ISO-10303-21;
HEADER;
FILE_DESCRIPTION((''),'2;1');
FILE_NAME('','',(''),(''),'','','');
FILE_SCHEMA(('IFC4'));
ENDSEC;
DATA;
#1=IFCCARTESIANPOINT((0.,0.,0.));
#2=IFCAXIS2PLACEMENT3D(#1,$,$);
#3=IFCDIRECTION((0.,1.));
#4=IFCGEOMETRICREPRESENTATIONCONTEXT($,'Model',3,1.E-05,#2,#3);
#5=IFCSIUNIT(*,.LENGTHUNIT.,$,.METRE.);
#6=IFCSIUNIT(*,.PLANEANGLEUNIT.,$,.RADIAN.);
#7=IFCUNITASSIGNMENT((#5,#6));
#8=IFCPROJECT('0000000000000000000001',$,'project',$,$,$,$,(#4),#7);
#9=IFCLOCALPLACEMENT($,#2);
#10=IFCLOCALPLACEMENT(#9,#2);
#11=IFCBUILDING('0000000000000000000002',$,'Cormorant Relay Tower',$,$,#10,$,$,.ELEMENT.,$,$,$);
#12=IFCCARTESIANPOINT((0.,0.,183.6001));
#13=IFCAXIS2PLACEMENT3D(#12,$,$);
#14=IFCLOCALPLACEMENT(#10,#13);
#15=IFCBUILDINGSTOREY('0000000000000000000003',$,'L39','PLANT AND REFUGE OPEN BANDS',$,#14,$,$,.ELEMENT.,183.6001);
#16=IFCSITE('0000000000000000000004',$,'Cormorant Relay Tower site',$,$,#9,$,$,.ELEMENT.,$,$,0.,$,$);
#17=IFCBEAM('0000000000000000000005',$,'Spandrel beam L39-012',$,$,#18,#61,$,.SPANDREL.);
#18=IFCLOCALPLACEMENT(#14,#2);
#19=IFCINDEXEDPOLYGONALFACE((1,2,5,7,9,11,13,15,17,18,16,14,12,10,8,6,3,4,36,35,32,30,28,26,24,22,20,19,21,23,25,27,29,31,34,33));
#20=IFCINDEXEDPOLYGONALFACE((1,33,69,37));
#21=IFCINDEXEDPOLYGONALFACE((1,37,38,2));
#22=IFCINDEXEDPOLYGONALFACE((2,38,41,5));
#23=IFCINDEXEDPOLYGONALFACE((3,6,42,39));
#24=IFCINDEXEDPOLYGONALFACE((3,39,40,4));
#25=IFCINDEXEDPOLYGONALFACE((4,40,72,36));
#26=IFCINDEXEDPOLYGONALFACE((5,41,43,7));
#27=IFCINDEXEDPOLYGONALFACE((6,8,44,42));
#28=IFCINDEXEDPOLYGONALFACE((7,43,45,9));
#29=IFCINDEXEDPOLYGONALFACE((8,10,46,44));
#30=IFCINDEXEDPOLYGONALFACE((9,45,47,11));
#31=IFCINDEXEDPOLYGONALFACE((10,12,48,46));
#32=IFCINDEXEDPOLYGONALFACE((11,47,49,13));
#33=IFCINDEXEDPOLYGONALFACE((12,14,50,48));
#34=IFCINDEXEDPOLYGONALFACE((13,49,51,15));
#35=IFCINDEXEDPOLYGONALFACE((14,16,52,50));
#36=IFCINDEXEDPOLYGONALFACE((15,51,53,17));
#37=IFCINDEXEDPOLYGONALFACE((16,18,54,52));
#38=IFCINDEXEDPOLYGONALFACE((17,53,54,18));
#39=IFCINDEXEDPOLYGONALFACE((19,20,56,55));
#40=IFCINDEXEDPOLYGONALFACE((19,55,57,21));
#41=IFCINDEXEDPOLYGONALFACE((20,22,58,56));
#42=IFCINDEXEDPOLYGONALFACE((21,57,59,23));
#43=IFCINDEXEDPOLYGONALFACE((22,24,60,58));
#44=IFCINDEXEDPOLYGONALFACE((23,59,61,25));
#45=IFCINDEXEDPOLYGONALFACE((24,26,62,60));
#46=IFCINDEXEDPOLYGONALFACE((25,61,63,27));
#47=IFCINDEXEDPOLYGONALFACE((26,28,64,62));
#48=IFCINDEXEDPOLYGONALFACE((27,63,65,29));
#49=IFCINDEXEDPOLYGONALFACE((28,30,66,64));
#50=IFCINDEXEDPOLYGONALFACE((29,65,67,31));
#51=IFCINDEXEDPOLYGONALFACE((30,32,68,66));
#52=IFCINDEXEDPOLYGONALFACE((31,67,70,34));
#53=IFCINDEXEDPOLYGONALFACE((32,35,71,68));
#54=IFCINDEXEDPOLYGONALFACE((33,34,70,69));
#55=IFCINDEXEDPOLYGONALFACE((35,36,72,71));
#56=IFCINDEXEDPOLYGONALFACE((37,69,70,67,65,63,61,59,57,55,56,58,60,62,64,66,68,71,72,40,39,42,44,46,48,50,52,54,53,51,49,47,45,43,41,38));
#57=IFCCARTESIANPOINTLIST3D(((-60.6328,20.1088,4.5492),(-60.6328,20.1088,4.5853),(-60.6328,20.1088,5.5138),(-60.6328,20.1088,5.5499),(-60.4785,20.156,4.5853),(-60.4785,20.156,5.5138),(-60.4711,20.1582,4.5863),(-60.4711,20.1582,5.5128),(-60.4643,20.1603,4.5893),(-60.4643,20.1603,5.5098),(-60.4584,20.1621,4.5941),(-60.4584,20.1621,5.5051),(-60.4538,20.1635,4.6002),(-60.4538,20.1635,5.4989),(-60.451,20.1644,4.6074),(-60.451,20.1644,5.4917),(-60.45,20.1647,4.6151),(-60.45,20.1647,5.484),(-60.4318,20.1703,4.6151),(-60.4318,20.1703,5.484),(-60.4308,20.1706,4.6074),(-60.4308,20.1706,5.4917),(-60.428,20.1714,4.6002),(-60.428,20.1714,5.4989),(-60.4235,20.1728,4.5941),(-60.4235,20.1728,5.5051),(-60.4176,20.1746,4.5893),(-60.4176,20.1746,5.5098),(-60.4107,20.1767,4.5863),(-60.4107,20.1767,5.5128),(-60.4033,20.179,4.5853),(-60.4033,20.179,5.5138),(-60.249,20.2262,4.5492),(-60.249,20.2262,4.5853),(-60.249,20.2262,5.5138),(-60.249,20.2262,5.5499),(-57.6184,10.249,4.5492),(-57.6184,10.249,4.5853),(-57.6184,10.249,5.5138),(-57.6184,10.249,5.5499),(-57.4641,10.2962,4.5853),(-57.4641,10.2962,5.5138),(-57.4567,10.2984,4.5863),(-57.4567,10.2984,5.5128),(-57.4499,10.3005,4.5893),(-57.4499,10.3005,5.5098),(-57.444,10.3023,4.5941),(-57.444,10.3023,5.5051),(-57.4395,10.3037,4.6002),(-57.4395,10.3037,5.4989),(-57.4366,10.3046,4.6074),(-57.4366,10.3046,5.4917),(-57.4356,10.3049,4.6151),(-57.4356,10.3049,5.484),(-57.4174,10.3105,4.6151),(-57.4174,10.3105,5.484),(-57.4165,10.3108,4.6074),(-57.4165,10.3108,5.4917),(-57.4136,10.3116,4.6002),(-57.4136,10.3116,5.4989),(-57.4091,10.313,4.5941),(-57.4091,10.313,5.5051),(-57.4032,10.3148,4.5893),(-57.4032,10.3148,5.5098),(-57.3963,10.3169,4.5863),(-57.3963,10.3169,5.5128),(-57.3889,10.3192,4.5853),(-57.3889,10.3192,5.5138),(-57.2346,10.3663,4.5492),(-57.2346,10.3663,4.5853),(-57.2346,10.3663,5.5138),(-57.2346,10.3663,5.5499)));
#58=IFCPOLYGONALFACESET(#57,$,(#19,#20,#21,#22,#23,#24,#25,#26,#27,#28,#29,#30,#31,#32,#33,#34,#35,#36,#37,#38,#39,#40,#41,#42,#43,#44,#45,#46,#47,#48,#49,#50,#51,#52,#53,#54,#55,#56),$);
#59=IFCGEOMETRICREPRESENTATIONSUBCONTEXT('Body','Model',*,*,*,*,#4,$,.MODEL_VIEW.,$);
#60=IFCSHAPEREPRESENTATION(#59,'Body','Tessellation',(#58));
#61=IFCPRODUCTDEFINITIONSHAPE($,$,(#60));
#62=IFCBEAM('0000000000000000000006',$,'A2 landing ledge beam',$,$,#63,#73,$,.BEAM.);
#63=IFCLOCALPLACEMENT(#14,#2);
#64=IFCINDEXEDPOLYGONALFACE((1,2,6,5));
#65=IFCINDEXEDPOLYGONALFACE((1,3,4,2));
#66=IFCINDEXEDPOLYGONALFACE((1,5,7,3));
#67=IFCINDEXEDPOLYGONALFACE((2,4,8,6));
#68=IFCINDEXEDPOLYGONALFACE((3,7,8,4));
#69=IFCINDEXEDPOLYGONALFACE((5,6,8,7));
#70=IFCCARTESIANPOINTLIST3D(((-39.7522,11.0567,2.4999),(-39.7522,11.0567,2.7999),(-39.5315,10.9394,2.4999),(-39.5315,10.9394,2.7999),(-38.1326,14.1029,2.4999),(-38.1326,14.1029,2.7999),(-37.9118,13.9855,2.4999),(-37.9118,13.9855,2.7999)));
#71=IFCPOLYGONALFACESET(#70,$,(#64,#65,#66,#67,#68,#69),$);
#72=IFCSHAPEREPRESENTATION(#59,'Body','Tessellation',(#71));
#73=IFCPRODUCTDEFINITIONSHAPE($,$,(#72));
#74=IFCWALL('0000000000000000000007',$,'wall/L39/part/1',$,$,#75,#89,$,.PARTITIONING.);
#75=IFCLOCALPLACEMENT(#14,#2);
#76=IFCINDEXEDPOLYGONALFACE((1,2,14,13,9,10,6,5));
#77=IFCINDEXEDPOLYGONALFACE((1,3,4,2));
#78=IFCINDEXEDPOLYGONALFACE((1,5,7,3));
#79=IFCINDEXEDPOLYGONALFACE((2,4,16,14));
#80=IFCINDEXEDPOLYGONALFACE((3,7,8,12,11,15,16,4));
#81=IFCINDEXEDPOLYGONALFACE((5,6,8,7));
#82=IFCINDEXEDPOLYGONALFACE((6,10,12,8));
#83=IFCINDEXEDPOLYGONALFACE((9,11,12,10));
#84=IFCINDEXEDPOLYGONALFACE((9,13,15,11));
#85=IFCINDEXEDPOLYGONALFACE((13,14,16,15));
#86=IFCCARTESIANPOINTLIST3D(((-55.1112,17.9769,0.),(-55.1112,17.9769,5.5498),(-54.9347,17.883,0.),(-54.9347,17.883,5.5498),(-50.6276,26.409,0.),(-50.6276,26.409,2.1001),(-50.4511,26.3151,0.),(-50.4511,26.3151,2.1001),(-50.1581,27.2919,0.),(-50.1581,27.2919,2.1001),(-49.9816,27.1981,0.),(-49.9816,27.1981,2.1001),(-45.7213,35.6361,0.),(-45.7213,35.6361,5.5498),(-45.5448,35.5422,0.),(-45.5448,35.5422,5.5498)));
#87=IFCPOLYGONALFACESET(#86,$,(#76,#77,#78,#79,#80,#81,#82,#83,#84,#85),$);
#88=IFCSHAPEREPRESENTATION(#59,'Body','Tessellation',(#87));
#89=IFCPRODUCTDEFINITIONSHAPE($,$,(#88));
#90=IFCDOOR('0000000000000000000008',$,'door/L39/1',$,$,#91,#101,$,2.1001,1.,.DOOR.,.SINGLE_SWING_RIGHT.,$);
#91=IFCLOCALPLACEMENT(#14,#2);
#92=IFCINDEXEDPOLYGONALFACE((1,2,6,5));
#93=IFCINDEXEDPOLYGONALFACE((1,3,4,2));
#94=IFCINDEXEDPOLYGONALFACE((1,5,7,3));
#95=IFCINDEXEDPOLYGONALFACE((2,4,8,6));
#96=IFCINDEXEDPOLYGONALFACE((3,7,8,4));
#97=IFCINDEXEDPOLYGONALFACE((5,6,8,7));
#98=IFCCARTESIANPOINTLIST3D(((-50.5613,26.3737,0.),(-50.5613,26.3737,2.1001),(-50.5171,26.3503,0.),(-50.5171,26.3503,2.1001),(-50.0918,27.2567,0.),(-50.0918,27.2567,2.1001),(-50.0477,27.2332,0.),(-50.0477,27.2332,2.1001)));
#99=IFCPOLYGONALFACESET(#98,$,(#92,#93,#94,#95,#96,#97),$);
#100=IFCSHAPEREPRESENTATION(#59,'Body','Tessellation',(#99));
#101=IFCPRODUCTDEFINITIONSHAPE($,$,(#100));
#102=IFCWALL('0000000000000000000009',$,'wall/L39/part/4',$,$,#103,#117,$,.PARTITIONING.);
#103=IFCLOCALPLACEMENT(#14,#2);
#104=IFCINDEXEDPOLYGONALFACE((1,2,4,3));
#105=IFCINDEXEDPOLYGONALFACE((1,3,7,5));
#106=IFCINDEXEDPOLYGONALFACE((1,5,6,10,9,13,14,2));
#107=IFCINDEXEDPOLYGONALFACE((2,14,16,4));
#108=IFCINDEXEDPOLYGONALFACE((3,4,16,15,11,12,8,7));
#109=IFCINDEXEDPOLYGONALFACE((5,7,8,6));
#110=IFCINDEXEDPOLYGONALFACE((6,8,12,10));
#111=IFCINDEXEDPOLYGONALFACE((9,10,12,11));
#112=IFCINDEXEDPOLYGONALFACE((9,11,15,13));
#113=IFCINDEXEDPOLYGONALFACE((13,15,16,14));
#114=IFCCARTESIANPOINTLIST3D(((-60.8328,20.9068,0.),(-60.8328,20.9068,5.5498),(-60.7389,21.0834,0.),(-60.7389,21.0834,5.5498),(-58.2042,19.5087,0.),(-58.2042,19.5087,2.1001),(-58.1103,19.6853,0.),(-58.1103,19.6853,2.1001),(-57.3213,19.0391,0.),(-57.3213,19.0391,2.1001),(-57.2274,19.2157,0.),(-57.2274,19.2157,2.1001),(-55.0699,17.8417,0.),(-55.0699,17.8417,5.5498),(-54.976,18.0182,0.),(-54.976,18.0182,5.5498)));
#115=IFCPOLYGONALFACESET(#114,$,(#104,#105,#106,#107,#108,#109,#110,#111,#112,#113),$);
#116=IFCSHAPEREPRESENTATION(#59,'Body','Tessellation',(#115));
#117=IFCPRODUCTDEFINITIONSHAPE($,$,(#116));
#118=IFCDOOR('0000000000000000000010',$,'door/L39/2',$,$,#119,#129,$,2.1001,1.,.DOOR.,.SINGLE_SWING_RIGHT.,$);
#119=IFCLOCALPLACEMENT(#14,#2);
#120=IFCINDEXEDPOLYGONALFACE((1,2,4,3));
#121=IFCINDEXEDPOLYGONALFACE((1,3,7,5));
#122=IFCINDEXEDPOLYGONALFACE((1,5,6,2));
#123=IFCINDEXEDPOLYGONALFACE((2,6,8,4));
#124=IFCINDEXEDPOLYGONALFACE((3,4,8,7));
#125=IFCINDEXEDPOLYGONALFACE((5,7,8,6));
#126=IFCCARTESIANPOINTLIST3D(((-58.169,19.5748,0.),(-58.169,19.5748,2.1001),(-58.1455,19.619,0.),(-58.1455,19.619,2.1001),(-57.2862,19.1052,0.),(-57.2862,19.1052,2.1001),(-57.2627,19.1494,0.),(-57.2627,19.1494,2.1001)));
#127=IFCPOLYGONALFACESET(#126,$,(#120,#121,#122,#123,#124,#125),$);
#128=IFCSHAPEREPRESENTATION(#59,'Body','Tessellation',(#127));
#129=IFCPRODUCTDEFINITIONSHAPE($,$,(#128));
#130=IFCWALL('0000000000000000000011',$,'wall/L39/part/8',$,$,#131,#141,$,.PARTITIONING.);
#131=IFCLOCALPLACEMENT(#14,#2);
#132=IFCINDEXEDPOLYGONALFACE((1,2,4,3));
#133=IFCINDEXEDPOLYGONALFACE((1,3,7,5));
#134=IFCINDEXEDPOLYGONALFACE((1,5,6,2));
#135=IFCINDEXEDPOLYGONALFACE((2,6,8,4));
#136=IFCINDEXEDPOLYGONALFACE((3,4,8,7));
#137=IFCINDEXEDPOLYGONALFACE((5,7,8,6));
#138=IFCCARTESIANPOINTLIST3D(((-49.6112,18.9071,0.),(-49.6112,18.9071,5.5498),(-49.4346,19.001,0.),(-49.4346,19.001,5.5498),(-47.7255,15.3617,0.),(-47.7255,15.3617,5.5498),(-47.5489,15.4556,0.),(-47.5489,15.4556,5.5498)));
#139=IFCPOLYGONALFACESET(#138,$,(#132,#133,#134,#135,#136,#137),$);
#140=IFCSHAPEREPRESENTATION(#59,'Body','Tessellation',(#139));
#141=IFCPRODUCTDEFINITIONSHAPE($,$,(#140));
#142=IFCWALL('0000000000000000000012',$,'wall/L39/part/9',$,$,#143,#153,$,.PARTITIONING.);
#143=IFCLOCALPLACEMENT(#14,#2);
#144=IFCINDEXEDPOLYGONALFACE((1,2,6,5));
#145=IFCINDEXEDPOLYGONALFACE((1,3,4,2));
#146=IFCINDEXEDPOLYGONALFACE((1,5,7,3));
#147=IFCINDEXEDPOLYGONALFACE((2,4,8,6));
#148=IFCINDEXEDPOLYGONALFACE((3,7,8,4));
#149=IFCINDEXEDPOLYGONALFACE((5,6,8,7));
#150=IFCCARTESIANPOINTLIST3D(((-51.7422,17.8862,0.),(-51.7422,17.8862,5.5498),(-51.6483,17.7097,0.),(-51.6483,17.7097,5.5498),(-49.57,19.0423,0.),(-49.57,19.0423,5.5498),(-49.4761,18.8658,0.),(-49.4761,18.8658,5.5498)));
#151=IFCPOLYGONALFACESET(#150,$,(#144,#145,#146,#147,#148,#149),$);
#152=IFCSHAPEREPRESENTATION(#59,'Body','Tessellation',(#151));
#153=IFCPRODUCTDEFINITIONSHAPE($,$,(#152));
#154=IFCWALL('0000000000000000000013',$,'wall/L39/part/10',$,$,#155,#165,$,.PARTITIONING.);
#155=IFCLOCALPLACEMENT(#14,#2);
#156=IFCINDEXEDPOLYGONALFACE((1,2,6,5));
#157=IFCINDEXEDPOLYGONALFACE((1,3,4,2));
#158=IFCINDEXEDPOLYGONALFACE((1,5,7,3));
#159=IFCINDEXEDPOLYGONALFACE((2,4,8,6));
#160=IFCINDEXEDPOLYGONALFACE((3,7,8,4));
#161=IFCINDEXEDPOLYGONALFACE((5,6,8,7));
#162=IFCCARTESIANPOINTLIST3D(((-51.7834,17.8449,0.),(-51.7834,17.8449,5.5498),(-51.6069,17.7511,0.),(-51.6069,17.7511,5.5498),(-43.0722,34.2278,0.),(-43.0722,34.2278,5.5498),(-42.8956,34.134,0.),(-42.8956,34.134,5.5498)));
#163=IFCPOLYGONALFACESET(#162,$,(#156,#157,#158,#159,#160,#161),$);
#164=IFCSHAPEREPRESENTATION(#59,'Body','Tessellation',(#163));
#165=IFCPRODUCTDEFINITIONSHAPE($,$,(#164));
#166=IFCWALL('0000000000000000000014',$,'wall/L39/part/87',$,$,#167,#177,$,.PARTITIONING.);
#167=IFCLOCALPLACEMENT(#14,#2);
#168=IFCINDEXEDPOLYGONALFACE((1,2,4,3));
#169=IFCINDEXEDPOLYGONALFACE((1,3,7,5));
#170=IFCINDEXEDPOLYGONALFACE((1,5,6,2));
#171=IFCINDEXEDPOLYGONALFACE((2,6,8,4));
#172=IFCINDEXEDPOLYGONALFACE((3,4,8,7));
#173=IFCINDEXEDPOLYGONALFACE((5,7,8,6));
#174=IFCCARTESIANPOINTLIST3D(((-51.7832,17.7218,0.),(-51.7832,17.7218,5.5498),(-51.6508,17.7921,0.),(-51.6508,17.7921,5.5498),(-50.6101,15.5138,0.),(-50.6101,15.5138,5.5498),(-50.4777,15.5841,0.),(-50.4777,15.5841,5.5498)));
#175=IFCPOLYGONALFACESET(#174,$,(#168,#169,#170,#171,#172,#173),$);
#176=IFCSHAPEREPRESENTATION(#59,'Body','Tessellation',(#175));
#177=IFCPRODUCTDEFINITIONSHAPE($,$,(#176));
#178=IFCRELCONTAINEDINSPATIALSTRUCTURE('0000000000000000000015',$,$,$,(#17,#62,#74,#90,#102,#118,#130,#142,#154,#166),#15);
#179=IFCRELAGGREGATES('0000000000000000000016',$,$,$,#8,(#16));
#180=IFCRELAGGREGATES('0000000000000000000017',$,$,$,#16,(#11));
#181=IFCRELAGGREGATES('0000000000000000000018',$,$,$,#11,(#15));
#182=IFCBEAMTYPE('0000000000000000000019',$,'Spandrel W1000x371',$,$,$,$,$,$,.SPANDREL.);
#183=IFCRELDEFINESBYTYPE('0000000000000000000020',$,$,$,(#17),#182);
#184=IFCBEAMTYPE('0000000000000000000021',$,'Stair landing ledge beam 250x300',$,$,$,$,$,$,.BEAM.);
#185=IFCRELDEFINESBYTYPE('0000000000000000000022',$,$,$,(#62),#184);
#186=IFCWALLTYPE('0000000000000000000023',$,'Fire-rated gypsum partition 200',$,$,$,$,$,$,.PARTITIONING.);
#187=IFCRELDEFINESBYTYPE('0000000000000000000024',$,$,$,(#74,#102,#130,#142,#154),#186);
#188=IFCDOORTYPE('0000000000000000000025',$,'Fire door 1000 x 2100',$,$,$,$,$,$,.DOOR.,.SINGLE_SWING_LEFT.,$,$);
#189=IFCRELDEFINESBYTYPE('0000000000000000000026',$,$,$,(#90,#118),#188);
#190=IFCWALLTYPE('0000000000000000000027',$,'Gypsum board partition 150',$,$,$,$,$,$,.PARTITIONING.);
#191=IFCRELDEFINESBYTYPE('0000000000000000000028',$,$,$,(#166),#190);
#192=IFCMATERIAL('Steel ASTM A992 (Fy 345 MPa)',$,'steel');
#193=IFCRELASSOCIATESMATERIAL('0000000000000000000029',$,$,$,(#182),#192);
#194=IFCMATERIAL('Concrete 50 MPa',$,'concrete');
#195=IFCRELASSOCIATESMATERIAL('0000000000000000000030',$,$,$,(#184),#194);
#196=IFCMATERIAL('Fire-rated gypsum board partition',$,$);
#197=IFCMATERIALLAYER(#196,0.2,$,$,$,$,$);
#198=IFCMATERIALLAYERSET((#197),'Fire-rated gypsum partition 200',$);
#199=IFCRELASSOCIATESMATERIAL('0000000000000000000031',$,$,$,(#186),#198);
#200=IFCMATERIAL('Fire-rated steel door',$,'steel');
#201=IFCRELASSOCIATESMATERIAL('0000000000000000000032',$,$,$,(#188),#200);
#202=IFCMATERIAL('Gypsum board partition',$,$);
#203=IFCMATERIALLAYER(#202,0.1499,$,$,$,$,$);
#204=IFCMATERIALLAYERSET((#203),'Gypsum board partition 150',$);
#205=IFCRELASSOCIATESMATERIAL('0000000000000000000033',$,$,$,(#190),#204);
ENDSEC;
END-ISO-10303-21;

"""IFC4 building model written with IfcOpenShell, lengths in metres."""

from ifc_helpers import new_model, si_unit, direction, frame, frame_2d, origin, origin_2d, place, context, subcontext, project, spatial, rectangle, i_section, extrude, material, layer, layer_set, material_profile, profile_set, type_object, element, fill, save


model = new_model("IFC4")

# Units and contexts
model_context = context("Model", 3, precision=1e-05, world=origin(), true_north=direction((0.0, 1.0)))
body_context = subcontext(model_context, "Body", "Model", "MODEL_VIEW")
ifc_project = project(units=[si_unit("LENGTHUNIT", "METRE"), si_unit("PLANEANGLEUNIT", "RADIAN")], contexts=[model_context])

# Site, building, storey
site_placement = place(None, origin())
site = spatial("IfcSite", under=ifc_project, at=site_placement, Name="Cormorant Relay Tower site", CompositionType="ELEMENT", RefElevation=0.0)
building_placement = place(site_placement, origin())
building = spatial("IfcBuilding", under=site, at=building_placement, Name="Cormorant Relay Tower", CompositionType="ELEMENT")
storey_placement = place(building_placement, frame((0.0, 0.0, 183.6001)))
storey = spatial("IfcBuildingStorey", under=building, at=storey_placement, Name="L39", Description="PLANT AND REFUGE OPEN BANDS", CompositionType="ELEMENT", Elevation=183.6001)

# Beams
ifc_material_1 = material(Name="Steel ASTM A992 (Fy 345 MPa)", Category="steel")
ifc_material_profile_1 = material_profile(ifc_material_1, i_section(OverallWidth=0.4014, OverallDepth=1.0007, WebThickness=0.019, FlangeThickness=0.0361, FilletRadius=0.0298, at=origin_2d()), Name="W1000x371")
ifc_profile_set_1 = profile_set([ifc_material_profile_1], Name="Steel ASTM A992 (Fy 345 MPa)")
beam_type_1 = type_object("IfcBeamType", Name="Spandrel W1000x371", PredefinedType="SPANDREL", material=ifc_profile_set_1)
beam_1_placement = place(storey_placement, frame((-60.4409, 20.1675, 5.0496), z_axis=(0.292367, -0.956306, 0.0), x_axis=(0.956306, 0.292367, 0.0)))
element("IfcBeam", 1, at=beam_1_placement, inside=storey, type_object=beam_type_1, Name="Spandrel beam L39-012", PredefinedType="SPANDREL", context=body_context, shape_type="SweptSolid", body=[
    extrude(i_section(OverallWidth=0.4014, OverallDepth=1.0007, WebThickness=0.019, FlangeThickness=0.0361, FilletRadius=0.0298, at=origin_2d()), origin(), (0.0, 0.0, 1.0), 10.3103),
])
ifc_material_2 = material(Name="Concrete 50 MPa", Category="concrete")
ifc_material_profile_2 = material_profile(ifc_material_2, rectangle(XDim=0.25, YDim=0.3, at=origin_2d()), Name="RC 250x300")
ifc_profile_set_2 = profile_set([ifc_material_profile_2], Name="Concrete 50 MPa")
beam_type_2 = type_object("IfcBeamType", Name="Stair landing ledge beam 250x300", PredefinedType="BEAM", material=ifc_profile_set_2)
beam_2_placement = place(storey_placement, frame((-38.0222, 14.0442, 2.6499), z_axis=(-0.469464, -0.882952, 0.0), x_axis=(0.882952, -0.469464, 0.0)))
element("IfcBeam", 2, at=beam_2_placement, inside=storey, type_object=beam_type_2, Name="A2 landing ledge beam", PredefinedType="BEAM", context=body_context, shape_type="SweptSolid", body=[
    extrude(rectangle(XDim=0.25, YDim=0.3, at=origin_2d()), origin(), (0.0, 0.0, 1.0), 3.45),
])

# Walls, openings, doors
ifc_material_3 = material(Name="Fire-rated gypsum board partition")
ifc_layer_1 = layer(ifc_material_3, 0.2)
ifc_layer_set_1 = layer_set([ifc_layer_1], Name="Fire-rated gypsum partition 200")
wall_type_1 = type_object("IfcWallType", Name="Fire-rated gypsum partition 200", PredefinedType="PARTITIONING", material=ifc_layer_set_1)
wall_1_placement = place(storey_placement, frame((-55.0229, 17.9299, 0.0), z_axis=(0.0, 0.0, 1.0), x_axis=(0.469485, 0.882941, 0.0)))
wall_1 = element("IfcWall", 3, at=wall_1_placement, inside=storey, type_object=wall_type_1, Name="wall/L39/part/1", PredefinedType="PARTITIONING", context=body_context, shape_type="SweptSolid", body=[
    extrude(rectangle(XDim=20.0005, YDim=0.2, at=frame_2d((10.0002, 0.0))), origin(), (0.0, 0.0, 1.0), 5.5498),
])
opening_1_placement = place(wall_1_placement, frame((9.55, 0.0, 0.0)))
opening_1 = element("IfcOpeningElement", 4, at=opening_1_placement, cuts=wall_1, PredefinedType="OPENING", context=body_context, shape_type="SweptSolid", body=[
    extrude(rectangle(XDim=1.0, YDim=2.1001, at=frame_2d((0.5, 1.05))), frame((0.0, 0.1099, 0.0), z_axis=(0.0, -1.0, 0.0), x_axis=(1.0, 0.0, 0.0)), (0.0, 0.0, 1.0), 0.22),
])
ifc_material_4 = material(Name="Fire-rated steel door", Category="steel")
door_type = type_object("IfcDoorType", Name="Fire door 1000 x 2100", OperationType="SINGLE_SWING_LEFT", PredefinedType="DOOR", material=ifc_material_4)
door_1_placement = place(opening_1_placement, origin())
door_1 = element("IfcDoor", 5, at=door_1_placement, inside=storey, type_object=door_type, Name="door/L39/1", OperationType="SINGLE_SWING_RIGHT", OverallHeight=2.1001, OverallWidth=1.0, PredefinedType="DOOR", context=body_context, shape_type="SweptSolid", body=[
    extrude(rectangle(XDim=1.0, YDim=2.1001, at=frame_2d((0.5, 1.05))), frame((0.0, 0.0249, 0.0), z_axis=(0.0, -1.0, 0.0), x_axis=(1.0, 0.0, 0.0)), (0.0, 0.0, 1.0), 0.05),
])
fill(opening_1, door_1)
wall_2_placement = place(storey_placement, frame((-55.0229, 17.9299, 0.0), z_axis=(0.0, 0.0, 1.0), x_axis=(-0.882886, 0.469588, 0.0)))
wall_2 = element("IfcWall", 6, at=wall_2_placement, inside=storey, type_object=wall_type_1, Name="wall/L39/part/4", PredefinedType="PARTITIONING", context=body_context, shape_type="SweptSolid", body=[
    extrude(rectangle(XDim=6.5273, YDim=0.2, at=frame_2d((3.2637, 0.0))), origin(), (0.0, 0.0, 1.0), 5.5498),
])
opening_2_placement = place(wall_2_placement, frame((2.55, 0.0, 0.0)))
opening_2 = element("IfcOpeningElement", 7, at=opening_2_placement, cuts=wall_2, PredefinedType="OPENING", context=body_context, shape_type="SweptSolid", body=[
    extrude(rectangle(XDim=1.0, YDim=2.1001, at=frame_2d((0.5, 1.05))), frame((0.0, 0.1099, 0.0), z_axis=(0.0, -1.0, 0.0), x_axis=(1.0, 0.0, 0.0)), (0.0, 0.0, 1.0), 0.22),
])
door_2_placement = place(opening_2_placement, frame((1.0, 0.0, 0.0), z_axis=(0.0, 0.0, 1.0), x_axis=(-1.0, 0.0, 0.0)))
door_2 = element("IfcDoor", 8, at=door_2_placement, inside=storey, type_object=door_type, Name="door/L39/2", OperationType="SINGLE_SWING_RIGHT", OverallHeight=2.1001, OverallWidth=1.0, PredefinedType="DOOR", context=body_context, shape_type="SweptSolid", body=[
    extrude(rectangle(XDim=1.0, YDim=2.1001, at=frame_2d((0.5, 1.05))), frame((0.0, 0.0249, 0.0), z_axis=(0.0, -1.0, 0.0), x_axis=(1.0, 0.0, 0.0)), (0.0, 0.0, 1.0), 0.05),
])
fill(opening_2, door_2)

# Walls
wall_3_placement = place(storey_placement, frame((-47.6372, 15.4087, 0.0), z_axis=(0.0, 0.0, 1.0), x_axis=(-0.469591, 0.882884, 0.0)))
element("IfcWall", 9, at=wall_3_placement, inside=storey, type_object=wall_type_1, Name="wall/L39/part/8", PredefinedType="PARTITIONING", context=body_context, shape_type="SweptSolid", body=[
    extrude(rectangle(XDim=4.0156, YDim=0.2, at=frame_2d((2.0078, 0.0))), origin(), (0.0, 0.0, 1.0), 5.5498),
])
wall_4_placement = place(storey_placement, frame((-49.5229, 18.9541, 0.0), z_axis=(0.0, 0.0, 1.0), x_axis=(-0.882767, -0.46981, 0.0)))
element("IfcWall", 10, at=wall_4_placement, inside=storey, type_object=wall_type_1, Name="wall/L39/part/9", PredefinedType="PARTITIONING", context=body_context, shape_type="SweptSolid", body=[
    extrude(rectangle(XDim=2.4607, YDim=0.2, at=frame_2d((1.2305, 0.0))), origin(), (0.0, 0.0, 1.0), 5.5498),
])
wall_5_placement = place(storey_placement, frame((-51.6951, 17.7981, 0.0), z_axis=(0.0, 0.0, 1.0), x_axis=(0.469484, 0.882941, 0.0)))
element("IfcWall", 11, at=wall_5_placement, inside=storey, type_object=wall_type_1, Name="wall/L39/part/10", PredefinedType="PARTITIONING", context=body_context, shape_type="SweptSolid", body=[
    extrude(rectangle(XDim=18.5549, YDim=0.2, at=frame_2d((9.2773, 0.0))), origin(), (0.0, 0.0, 1.0), 5.5498),
])
ifc_material_5 = material(Name="Gypsum board partition")
ifc_layer_2 = layer(ifc_material_5, 0.1499)
ifc_layer_set_2 = layer_set([ifc_layer_2], Name="Gypsum board partition 150")
wall_type_2 = type_object("IfcWallType", Name="Gypsum board partition 150", PredefinedType="PARTITIONING", material=ifc_layer_set_2)
wall_6_placement = place(storey_placement, frame((-50.5439, 15.5491, 0.0), z_axis=(0.0, 0.0, 1.0), x_axis=(-0.469184, 0.883101, 0.0)))
element("IfcWall", 12, at=wall_6_placement, inside=storey, type_object=wall_type_2, Name="wall/L39/part/87", PredefinedType="PARTITIONING", context=body_context, shape_type="SweptSolid", body=[
    extrude(rectangle(XDim=2.5002, YDim=0.1499, at=frame_2d((1.25, 0.0))), origin(), (0.0, 0.0, 1.0), 5.5498),
])

save(model, "model.ifc")
